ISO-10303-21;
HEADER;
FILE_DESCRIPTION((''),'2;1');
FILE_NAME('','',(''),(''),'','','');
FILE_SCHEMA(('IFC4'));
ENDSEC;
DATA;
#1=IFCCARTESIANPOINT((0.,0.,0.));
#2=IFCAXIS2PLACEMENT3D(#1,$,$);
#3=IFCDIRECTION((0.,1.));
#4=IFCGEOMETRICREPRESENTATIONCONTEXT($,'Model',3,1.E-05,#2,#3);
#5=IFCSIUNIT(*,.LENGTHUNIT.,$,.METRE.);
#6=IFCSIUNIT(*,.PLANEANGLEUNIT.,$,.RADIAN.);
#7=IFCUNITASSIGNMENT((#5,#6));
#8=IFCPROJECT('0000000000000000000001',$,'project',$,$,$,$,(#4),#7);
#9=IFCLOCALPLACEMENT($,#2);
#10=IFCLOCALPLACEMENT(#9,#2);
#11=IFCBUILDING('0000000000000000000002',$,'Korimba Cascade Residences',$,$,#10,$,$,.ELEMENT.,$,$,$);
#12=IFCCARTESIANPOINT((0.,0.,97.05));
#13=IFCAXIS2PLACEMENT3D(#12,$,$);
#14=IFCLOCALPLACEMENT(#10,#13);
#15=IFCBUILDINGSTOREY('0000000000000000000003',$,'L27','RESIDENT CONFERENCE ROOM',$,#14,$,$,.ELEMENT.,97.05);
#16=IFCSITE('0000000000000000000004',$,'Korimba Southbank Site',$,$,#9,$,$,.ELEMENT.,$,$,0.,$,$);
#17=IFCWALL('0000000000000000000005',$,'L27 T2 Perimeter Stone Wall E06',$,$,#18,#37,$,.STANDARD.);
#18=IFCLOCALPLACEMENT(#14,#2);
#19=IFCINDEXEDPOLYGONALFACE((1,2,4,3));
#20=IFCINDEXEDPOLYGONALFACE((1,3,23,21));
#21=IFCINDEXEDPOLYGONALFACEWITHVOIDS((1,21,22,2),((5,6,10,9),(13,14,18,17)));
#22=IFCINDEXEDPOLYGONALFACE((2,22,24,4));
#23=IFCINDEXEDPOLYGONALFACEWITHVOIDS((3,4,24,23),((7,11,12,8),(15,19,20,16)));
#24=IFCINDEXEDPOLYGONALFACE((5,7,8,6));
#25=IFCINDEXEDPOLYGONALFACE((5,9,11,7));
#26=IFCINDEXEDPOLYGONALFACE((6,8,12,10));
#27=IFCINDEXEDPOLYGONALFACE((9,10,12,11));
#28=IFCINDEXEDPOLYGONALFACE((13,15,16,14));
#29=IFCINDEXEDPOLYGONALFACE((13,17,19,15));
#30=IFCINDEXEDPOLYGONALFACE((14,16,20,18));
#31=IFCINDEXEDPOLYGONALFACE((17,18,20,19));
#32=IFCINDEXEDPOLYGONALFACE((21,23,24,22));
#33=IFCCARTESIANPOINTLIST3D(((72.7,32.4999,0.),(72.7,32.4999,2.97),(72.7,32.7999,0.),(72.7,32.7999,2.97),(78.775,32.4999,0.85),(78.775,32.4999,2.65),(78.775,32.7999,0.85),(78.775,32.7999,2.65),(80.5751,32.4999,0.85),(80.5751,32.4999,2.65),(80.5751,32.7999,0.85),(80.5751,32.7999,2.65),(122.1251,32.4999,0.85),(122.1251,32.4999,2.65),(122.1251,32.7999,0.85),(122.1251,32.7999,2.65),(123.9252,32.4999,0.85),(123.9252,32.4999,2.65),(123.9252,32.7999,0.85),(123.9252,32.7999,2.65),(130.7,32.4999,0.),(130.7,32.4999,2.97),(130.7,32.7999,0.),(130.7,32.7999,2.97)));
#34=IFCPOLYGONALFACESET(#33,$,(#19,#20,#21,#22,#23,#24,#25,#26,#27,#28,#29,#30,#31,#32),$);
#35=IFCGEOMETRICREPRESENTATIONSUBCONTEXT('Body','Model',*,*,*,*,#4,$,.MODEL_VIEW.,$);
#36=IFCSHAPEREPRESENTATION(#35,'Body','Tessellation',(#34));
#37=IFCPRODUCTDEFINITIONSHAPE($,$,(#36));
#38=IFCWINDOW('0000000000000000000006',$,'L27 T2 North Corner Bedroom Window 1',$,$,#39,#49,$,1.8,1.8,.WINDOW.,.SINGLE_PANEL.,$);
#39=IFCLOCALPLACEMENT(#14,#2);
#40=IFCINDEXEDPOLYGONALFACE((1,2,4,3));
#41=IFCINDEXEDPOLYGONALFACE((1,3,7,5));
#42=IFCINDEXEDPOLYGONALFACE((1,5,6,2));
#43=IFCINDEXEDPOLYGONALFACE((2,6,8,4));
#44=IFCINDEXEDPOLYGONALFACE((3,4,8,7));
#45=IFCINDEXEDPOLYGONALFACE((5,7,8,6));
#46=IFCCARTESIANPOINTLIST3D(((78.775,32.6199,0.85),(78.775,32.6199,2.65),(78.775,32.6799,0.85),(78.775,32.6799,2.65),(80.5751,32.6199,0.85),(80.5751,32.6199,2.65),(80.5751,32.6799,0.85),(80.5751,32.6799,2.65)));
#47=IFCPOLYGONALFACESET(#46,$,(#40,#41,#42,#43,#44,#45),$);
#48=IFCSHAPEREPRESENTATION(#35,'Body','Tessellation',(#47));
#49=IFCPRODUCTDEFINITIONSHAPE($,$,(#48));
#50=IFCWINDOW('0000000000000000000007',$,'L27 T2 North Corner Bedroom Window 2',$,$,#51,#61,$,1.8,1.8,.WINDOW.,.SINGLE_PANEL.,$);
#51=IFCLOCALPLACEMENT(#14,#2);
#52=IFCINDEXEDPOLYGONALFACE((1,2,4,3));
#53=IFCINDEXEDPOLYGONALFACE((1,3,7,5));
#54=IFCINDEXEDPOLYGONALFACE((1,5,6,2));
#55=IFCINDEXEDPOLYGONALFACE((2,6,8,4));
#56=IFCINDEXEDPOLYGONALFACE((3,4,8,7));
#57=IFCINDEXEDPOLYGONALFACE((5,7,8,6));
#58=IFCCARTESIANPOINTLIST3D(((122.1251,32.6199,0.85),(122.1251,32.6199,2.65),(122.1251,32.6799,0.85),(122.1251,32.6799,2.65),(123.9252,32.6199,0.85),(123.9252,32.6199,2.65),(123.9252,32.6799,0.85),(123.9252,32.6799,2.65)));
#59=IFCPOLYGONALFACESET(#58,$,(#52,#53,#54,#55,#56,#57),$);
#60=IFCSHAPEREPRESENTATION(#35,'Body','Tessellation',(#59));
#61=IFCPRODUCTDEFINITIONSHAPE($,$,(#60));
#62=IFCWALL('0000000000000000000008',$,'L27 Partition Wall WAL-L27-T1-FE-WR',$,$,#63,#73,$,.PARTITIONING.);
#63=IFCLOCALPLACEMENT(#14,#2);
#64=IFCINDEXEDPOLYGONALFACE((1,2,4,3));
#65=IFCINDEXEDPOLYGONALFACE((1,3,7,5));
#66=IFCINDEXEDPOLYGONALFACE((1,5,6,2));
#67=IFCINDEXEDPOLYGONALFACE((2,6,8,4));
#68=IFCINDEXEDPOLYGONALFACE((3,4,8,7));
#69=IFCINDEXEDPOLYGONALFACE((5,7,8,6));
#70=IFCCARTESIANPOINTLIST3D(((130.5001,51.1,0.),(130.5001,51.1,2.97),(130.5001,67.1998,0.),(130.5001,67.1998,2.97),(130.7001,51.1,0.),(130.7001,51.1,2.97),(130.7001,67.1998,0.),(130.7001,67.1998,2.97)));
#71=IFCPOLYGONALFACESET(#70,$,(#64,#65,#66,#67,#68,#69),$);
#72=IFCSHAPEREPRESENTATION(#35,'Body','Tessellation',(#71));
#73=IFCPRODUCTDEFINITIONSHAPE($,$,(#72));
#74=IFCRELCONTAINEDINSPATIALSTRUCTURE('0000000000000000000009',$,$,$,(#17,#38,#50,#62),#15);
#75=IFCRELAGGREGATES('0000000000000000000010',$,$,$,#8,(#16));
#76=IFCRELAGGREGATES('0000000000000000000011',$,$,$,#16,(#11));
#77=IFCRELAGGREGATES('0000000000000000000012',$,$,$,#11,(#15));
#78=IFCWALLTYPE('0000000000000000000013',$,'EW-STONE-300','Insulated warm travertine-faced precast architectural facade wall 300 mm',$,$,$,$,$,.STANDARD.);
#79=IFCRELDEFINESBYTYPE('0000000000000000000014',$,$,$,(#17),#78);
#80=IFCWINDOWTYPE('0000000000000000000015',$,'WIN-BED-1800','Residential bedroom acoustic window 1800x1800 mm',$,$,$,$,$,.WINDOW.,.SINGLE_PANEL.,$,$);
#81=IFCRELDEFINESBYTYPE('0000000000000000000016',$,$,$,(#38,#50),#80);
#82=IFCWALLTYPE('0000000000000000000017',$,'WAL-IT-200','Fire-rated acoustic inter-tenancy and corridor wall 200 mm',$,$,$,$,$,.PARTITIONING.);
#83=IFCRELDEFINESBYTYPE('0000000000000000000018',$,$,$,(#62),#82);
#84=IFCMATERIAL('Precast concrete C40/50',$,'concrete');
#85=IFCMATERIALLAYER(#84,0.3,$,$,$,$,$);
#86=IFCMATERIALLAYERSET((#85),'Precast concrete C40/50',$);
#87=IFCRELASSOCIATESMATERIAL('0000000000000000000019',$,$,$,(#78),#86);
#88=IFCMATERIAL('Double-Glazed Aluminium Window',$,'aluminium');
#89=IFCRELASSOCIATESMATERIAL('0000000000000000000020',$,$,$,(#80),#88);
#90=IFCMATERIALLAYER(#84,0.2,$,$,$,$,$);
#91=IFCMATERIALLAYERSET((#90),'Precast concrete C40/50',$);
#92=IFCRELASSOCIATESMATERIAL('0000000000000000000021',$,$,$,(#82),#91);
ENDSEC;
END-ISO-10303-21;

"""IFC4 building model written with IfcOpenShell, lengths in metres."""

from ifc_helpers import new_model, si_unit, direction, frame, frame_2d, origin, place, context, subcontext, project, spatial, rectangle, extrude, material, layer, layer_set, type_object, element, fill, save


model = new_model("IFC4")

# Units and contexts
model_context = context("Model", 3, precision=1e-05, world=origin(), true_north=direction((0.0, 1.0)))
body_context = subcontext(model_context, "Body", "Model", "MODEL_VIEW")
ifc_project = project(units=[si_unit("LENGTHUNIT", "METRE"), si_unit("PLANEANGLEUNIT", "RADIAN")], contexts=[model_context])

# Site, building, storey
site_placement = place(None, origin())
site = spatial("IfcSite", under=ifc_project, at=site_placement, Name="Korimba Southbank Site", CompositionType="ELEMENT", RefElevation=0.0)
building_placement = place(site_placement, origin())
building = spatial("IfcBuilding", under=site, at=building_placement, Name="Korimba Cascade Residences", CompositionType="ELEMENT")
storey_placement = place(building_placement, frame((0.0, 0.0, 97.05)))
storey = spatial("IfcBuildingStorey", under=building, at=storey_placement, Name="L27", Description="RESIDENT CONFERENCE ROOM", CompositionType="ELEMENT", Elevation=97.05)

# Shared definitions
ifc_material_1 = material(Name="Precast concrete C40/50", Category="concrete")
ifc_layer_1 = layer(ifc_material_1, 0.3)
ifc_layer_set_1 = layer_set([ifc_layer_1], Name="Precast concrete C40/50")
wall_type_1 = type_object("IfcWallType", Name="EW-STONE-300", Description="Insulated warm travertine-faced precast architectural facade wall 300 mm", PredefinedType="STANDARD", material=ifc_layer_set_1)

# Wall, openings, windows
ifc_material_2 = material(Name="Double-Glazed Aluminium Window", Category="aluminium")
wall_1_placement = place(storey_placement, frame((130.7, 32.6499, 0.0), z_axis=(0.0, 0.0, 1.0), x_axis=(-1.0, 0.0, 0.0)))
wall_1 = element("IfcWall", 1, at=wall_1_placement, inside=storey, type_object=wall_type_1, Name="L27 T2 Perimeter Stone Wall E06", PredefinedType="STANDARD", context=body_context, shape_type="SweptSolid", body=[
    extrude(rectangle(XDim=58.0, YDim=0.3, at=frame_2d((29.0, 0.0))), origin(), (0.0, 0.0, 1.0), 2.97),
])
opening_1_placement = place(wall_1_placement, frame((50.125, 0.0, 0.8501)))
opening_1 = element("IfcOpeningElement", 2, at=opening_1_placement, cuts=wall_1, PredefinedType="OPENING", context=body_context, shape_type="SweptSolid", body=[
    extrude(rectangle(XDim=1.8, YDim=1.8, at=frame_2d((0.8999, 0.8999))), frame((0.0, 0.1602, 0.0), z_axis=(0.0, -1.0, 0.0), x_axis=(1.0, 0.0, 0.0)), (0.0, 0.0, 1.0), 0.3201),
])
opening_2_placement = place(wall_1_placement, frame((6.7749, 0.0, 0.8501)))
opening_2 = element("IfcOpeningElement", 3, at=opening_2_placement, cuts=wall_1, PredefinedType="OPENING", context=body_context, shape_type="SweptSolid", body=[
    extrude(rectangle(XDim=1.8, YDim=1.8, at=frame_2d((0.8999, 0.8999))), frame((0.0, 0.1602, 0.0), z_axis=(0.0, -1.0, 0.0), x_axis=(1.0, 0.0, 0.0)), (0.0, 0.0, 1.0), 0.3201),
])
window_type_1 = type_object("IfcWindowType", Name="WIN-BED-1800", Description="Residential bedroom acoustic window 1800x1800 mm", PartitioningType="SINGLE_PANEL", PredefinedType="WINDOW", material=ifc_material_2)
window_1_placement = place(opening_1_placement, origin())
window_1 = element("IfcWindow", 4, at=window_1_placement, inside=storey, type_object=window_type_1, Name="L27 T2 North Corner Bedroom Window 1", OverallHeight=1.8, OverallWidth=1.8, PartitioningType="SINGLE_PANEL", PredefinedType="WINDOW", context=body_context, shape_type="SweptSolid", body=[
    extrude(rectangle(XDim=1.8, YDim=1.8, at=frame_2d((0.8999, 0.8999))), frame((0.0, 0.03, 0.0), z_axis=(0.0, -1.0, 0.0), x_axis=(1.0, 0.0, 0.0)), (0.0, 0.0, 1.0), 0.0601),
])
fill(opening_1, window_1)
window_2_placement = place(opening_2_placement, origin())
window_2 = element("IfcWindow", 5, at=window_2_placement, inside=storey, type_object=window_type_1, Name="L27 T2 North Corner Bedroom Window 2", OverallHeight=1.8, OverallWidth=1.8, PartitioningType="SINGLE_PANEL", PredefinedType="WINDOW", context=body_context, shape_type="SweptSolid", body=[
    extrude(rectangle(XDim=1.8, YDim=1.8, at=frame_2d((0.8999, 0.8999))), frame((0.0, 0.03, 0.0), z_axis=(0.0, -1.0, 0.0), x_axis=(1.0, 0.0, 0.0)), (0.0, 0.0, 1.0), 0.0601),
])
fill(opening_2, window_2)

# Wall
ifc_layer_2 = layer(ifc_material_1, 0.2)
ifc_layer_set_2 = layer_set([ifc_layer_2], Name="Precast concrete C40/50")
wall_type_2 = type_object("IfcWallType", Name="WAL-IT-200", Description="Fire-rated acoustic inter-tenancy and corridor wall 200 mm", PredefinedType="PARTITIONING", material=ifc_layer_set_2)
wall_2_placement = place(storey_placement, frame((130.6001, 51.1001, 0.0), z_axis=(0.0, 0.0, 1.0), x_axis=(0.0, 1.0, 0.0)))
element("IfcWall", 6, at=wall_2_placement, inside=storey, type_object=wall_type_2, Name="L27 Partition Wall WAL-L27-T1-FE-WR", PredefinedType="PARTITIONING", context=body_context, shape_type="SweptSolid", body=[
    extrude(rectangle(XDim=16.0999, YDim=0.2, at=frame_2d((8.0498, 0.0))), origin(), (0.0, 0.0, 1.0), 2.97),
])

save(model, "model.ifc")
